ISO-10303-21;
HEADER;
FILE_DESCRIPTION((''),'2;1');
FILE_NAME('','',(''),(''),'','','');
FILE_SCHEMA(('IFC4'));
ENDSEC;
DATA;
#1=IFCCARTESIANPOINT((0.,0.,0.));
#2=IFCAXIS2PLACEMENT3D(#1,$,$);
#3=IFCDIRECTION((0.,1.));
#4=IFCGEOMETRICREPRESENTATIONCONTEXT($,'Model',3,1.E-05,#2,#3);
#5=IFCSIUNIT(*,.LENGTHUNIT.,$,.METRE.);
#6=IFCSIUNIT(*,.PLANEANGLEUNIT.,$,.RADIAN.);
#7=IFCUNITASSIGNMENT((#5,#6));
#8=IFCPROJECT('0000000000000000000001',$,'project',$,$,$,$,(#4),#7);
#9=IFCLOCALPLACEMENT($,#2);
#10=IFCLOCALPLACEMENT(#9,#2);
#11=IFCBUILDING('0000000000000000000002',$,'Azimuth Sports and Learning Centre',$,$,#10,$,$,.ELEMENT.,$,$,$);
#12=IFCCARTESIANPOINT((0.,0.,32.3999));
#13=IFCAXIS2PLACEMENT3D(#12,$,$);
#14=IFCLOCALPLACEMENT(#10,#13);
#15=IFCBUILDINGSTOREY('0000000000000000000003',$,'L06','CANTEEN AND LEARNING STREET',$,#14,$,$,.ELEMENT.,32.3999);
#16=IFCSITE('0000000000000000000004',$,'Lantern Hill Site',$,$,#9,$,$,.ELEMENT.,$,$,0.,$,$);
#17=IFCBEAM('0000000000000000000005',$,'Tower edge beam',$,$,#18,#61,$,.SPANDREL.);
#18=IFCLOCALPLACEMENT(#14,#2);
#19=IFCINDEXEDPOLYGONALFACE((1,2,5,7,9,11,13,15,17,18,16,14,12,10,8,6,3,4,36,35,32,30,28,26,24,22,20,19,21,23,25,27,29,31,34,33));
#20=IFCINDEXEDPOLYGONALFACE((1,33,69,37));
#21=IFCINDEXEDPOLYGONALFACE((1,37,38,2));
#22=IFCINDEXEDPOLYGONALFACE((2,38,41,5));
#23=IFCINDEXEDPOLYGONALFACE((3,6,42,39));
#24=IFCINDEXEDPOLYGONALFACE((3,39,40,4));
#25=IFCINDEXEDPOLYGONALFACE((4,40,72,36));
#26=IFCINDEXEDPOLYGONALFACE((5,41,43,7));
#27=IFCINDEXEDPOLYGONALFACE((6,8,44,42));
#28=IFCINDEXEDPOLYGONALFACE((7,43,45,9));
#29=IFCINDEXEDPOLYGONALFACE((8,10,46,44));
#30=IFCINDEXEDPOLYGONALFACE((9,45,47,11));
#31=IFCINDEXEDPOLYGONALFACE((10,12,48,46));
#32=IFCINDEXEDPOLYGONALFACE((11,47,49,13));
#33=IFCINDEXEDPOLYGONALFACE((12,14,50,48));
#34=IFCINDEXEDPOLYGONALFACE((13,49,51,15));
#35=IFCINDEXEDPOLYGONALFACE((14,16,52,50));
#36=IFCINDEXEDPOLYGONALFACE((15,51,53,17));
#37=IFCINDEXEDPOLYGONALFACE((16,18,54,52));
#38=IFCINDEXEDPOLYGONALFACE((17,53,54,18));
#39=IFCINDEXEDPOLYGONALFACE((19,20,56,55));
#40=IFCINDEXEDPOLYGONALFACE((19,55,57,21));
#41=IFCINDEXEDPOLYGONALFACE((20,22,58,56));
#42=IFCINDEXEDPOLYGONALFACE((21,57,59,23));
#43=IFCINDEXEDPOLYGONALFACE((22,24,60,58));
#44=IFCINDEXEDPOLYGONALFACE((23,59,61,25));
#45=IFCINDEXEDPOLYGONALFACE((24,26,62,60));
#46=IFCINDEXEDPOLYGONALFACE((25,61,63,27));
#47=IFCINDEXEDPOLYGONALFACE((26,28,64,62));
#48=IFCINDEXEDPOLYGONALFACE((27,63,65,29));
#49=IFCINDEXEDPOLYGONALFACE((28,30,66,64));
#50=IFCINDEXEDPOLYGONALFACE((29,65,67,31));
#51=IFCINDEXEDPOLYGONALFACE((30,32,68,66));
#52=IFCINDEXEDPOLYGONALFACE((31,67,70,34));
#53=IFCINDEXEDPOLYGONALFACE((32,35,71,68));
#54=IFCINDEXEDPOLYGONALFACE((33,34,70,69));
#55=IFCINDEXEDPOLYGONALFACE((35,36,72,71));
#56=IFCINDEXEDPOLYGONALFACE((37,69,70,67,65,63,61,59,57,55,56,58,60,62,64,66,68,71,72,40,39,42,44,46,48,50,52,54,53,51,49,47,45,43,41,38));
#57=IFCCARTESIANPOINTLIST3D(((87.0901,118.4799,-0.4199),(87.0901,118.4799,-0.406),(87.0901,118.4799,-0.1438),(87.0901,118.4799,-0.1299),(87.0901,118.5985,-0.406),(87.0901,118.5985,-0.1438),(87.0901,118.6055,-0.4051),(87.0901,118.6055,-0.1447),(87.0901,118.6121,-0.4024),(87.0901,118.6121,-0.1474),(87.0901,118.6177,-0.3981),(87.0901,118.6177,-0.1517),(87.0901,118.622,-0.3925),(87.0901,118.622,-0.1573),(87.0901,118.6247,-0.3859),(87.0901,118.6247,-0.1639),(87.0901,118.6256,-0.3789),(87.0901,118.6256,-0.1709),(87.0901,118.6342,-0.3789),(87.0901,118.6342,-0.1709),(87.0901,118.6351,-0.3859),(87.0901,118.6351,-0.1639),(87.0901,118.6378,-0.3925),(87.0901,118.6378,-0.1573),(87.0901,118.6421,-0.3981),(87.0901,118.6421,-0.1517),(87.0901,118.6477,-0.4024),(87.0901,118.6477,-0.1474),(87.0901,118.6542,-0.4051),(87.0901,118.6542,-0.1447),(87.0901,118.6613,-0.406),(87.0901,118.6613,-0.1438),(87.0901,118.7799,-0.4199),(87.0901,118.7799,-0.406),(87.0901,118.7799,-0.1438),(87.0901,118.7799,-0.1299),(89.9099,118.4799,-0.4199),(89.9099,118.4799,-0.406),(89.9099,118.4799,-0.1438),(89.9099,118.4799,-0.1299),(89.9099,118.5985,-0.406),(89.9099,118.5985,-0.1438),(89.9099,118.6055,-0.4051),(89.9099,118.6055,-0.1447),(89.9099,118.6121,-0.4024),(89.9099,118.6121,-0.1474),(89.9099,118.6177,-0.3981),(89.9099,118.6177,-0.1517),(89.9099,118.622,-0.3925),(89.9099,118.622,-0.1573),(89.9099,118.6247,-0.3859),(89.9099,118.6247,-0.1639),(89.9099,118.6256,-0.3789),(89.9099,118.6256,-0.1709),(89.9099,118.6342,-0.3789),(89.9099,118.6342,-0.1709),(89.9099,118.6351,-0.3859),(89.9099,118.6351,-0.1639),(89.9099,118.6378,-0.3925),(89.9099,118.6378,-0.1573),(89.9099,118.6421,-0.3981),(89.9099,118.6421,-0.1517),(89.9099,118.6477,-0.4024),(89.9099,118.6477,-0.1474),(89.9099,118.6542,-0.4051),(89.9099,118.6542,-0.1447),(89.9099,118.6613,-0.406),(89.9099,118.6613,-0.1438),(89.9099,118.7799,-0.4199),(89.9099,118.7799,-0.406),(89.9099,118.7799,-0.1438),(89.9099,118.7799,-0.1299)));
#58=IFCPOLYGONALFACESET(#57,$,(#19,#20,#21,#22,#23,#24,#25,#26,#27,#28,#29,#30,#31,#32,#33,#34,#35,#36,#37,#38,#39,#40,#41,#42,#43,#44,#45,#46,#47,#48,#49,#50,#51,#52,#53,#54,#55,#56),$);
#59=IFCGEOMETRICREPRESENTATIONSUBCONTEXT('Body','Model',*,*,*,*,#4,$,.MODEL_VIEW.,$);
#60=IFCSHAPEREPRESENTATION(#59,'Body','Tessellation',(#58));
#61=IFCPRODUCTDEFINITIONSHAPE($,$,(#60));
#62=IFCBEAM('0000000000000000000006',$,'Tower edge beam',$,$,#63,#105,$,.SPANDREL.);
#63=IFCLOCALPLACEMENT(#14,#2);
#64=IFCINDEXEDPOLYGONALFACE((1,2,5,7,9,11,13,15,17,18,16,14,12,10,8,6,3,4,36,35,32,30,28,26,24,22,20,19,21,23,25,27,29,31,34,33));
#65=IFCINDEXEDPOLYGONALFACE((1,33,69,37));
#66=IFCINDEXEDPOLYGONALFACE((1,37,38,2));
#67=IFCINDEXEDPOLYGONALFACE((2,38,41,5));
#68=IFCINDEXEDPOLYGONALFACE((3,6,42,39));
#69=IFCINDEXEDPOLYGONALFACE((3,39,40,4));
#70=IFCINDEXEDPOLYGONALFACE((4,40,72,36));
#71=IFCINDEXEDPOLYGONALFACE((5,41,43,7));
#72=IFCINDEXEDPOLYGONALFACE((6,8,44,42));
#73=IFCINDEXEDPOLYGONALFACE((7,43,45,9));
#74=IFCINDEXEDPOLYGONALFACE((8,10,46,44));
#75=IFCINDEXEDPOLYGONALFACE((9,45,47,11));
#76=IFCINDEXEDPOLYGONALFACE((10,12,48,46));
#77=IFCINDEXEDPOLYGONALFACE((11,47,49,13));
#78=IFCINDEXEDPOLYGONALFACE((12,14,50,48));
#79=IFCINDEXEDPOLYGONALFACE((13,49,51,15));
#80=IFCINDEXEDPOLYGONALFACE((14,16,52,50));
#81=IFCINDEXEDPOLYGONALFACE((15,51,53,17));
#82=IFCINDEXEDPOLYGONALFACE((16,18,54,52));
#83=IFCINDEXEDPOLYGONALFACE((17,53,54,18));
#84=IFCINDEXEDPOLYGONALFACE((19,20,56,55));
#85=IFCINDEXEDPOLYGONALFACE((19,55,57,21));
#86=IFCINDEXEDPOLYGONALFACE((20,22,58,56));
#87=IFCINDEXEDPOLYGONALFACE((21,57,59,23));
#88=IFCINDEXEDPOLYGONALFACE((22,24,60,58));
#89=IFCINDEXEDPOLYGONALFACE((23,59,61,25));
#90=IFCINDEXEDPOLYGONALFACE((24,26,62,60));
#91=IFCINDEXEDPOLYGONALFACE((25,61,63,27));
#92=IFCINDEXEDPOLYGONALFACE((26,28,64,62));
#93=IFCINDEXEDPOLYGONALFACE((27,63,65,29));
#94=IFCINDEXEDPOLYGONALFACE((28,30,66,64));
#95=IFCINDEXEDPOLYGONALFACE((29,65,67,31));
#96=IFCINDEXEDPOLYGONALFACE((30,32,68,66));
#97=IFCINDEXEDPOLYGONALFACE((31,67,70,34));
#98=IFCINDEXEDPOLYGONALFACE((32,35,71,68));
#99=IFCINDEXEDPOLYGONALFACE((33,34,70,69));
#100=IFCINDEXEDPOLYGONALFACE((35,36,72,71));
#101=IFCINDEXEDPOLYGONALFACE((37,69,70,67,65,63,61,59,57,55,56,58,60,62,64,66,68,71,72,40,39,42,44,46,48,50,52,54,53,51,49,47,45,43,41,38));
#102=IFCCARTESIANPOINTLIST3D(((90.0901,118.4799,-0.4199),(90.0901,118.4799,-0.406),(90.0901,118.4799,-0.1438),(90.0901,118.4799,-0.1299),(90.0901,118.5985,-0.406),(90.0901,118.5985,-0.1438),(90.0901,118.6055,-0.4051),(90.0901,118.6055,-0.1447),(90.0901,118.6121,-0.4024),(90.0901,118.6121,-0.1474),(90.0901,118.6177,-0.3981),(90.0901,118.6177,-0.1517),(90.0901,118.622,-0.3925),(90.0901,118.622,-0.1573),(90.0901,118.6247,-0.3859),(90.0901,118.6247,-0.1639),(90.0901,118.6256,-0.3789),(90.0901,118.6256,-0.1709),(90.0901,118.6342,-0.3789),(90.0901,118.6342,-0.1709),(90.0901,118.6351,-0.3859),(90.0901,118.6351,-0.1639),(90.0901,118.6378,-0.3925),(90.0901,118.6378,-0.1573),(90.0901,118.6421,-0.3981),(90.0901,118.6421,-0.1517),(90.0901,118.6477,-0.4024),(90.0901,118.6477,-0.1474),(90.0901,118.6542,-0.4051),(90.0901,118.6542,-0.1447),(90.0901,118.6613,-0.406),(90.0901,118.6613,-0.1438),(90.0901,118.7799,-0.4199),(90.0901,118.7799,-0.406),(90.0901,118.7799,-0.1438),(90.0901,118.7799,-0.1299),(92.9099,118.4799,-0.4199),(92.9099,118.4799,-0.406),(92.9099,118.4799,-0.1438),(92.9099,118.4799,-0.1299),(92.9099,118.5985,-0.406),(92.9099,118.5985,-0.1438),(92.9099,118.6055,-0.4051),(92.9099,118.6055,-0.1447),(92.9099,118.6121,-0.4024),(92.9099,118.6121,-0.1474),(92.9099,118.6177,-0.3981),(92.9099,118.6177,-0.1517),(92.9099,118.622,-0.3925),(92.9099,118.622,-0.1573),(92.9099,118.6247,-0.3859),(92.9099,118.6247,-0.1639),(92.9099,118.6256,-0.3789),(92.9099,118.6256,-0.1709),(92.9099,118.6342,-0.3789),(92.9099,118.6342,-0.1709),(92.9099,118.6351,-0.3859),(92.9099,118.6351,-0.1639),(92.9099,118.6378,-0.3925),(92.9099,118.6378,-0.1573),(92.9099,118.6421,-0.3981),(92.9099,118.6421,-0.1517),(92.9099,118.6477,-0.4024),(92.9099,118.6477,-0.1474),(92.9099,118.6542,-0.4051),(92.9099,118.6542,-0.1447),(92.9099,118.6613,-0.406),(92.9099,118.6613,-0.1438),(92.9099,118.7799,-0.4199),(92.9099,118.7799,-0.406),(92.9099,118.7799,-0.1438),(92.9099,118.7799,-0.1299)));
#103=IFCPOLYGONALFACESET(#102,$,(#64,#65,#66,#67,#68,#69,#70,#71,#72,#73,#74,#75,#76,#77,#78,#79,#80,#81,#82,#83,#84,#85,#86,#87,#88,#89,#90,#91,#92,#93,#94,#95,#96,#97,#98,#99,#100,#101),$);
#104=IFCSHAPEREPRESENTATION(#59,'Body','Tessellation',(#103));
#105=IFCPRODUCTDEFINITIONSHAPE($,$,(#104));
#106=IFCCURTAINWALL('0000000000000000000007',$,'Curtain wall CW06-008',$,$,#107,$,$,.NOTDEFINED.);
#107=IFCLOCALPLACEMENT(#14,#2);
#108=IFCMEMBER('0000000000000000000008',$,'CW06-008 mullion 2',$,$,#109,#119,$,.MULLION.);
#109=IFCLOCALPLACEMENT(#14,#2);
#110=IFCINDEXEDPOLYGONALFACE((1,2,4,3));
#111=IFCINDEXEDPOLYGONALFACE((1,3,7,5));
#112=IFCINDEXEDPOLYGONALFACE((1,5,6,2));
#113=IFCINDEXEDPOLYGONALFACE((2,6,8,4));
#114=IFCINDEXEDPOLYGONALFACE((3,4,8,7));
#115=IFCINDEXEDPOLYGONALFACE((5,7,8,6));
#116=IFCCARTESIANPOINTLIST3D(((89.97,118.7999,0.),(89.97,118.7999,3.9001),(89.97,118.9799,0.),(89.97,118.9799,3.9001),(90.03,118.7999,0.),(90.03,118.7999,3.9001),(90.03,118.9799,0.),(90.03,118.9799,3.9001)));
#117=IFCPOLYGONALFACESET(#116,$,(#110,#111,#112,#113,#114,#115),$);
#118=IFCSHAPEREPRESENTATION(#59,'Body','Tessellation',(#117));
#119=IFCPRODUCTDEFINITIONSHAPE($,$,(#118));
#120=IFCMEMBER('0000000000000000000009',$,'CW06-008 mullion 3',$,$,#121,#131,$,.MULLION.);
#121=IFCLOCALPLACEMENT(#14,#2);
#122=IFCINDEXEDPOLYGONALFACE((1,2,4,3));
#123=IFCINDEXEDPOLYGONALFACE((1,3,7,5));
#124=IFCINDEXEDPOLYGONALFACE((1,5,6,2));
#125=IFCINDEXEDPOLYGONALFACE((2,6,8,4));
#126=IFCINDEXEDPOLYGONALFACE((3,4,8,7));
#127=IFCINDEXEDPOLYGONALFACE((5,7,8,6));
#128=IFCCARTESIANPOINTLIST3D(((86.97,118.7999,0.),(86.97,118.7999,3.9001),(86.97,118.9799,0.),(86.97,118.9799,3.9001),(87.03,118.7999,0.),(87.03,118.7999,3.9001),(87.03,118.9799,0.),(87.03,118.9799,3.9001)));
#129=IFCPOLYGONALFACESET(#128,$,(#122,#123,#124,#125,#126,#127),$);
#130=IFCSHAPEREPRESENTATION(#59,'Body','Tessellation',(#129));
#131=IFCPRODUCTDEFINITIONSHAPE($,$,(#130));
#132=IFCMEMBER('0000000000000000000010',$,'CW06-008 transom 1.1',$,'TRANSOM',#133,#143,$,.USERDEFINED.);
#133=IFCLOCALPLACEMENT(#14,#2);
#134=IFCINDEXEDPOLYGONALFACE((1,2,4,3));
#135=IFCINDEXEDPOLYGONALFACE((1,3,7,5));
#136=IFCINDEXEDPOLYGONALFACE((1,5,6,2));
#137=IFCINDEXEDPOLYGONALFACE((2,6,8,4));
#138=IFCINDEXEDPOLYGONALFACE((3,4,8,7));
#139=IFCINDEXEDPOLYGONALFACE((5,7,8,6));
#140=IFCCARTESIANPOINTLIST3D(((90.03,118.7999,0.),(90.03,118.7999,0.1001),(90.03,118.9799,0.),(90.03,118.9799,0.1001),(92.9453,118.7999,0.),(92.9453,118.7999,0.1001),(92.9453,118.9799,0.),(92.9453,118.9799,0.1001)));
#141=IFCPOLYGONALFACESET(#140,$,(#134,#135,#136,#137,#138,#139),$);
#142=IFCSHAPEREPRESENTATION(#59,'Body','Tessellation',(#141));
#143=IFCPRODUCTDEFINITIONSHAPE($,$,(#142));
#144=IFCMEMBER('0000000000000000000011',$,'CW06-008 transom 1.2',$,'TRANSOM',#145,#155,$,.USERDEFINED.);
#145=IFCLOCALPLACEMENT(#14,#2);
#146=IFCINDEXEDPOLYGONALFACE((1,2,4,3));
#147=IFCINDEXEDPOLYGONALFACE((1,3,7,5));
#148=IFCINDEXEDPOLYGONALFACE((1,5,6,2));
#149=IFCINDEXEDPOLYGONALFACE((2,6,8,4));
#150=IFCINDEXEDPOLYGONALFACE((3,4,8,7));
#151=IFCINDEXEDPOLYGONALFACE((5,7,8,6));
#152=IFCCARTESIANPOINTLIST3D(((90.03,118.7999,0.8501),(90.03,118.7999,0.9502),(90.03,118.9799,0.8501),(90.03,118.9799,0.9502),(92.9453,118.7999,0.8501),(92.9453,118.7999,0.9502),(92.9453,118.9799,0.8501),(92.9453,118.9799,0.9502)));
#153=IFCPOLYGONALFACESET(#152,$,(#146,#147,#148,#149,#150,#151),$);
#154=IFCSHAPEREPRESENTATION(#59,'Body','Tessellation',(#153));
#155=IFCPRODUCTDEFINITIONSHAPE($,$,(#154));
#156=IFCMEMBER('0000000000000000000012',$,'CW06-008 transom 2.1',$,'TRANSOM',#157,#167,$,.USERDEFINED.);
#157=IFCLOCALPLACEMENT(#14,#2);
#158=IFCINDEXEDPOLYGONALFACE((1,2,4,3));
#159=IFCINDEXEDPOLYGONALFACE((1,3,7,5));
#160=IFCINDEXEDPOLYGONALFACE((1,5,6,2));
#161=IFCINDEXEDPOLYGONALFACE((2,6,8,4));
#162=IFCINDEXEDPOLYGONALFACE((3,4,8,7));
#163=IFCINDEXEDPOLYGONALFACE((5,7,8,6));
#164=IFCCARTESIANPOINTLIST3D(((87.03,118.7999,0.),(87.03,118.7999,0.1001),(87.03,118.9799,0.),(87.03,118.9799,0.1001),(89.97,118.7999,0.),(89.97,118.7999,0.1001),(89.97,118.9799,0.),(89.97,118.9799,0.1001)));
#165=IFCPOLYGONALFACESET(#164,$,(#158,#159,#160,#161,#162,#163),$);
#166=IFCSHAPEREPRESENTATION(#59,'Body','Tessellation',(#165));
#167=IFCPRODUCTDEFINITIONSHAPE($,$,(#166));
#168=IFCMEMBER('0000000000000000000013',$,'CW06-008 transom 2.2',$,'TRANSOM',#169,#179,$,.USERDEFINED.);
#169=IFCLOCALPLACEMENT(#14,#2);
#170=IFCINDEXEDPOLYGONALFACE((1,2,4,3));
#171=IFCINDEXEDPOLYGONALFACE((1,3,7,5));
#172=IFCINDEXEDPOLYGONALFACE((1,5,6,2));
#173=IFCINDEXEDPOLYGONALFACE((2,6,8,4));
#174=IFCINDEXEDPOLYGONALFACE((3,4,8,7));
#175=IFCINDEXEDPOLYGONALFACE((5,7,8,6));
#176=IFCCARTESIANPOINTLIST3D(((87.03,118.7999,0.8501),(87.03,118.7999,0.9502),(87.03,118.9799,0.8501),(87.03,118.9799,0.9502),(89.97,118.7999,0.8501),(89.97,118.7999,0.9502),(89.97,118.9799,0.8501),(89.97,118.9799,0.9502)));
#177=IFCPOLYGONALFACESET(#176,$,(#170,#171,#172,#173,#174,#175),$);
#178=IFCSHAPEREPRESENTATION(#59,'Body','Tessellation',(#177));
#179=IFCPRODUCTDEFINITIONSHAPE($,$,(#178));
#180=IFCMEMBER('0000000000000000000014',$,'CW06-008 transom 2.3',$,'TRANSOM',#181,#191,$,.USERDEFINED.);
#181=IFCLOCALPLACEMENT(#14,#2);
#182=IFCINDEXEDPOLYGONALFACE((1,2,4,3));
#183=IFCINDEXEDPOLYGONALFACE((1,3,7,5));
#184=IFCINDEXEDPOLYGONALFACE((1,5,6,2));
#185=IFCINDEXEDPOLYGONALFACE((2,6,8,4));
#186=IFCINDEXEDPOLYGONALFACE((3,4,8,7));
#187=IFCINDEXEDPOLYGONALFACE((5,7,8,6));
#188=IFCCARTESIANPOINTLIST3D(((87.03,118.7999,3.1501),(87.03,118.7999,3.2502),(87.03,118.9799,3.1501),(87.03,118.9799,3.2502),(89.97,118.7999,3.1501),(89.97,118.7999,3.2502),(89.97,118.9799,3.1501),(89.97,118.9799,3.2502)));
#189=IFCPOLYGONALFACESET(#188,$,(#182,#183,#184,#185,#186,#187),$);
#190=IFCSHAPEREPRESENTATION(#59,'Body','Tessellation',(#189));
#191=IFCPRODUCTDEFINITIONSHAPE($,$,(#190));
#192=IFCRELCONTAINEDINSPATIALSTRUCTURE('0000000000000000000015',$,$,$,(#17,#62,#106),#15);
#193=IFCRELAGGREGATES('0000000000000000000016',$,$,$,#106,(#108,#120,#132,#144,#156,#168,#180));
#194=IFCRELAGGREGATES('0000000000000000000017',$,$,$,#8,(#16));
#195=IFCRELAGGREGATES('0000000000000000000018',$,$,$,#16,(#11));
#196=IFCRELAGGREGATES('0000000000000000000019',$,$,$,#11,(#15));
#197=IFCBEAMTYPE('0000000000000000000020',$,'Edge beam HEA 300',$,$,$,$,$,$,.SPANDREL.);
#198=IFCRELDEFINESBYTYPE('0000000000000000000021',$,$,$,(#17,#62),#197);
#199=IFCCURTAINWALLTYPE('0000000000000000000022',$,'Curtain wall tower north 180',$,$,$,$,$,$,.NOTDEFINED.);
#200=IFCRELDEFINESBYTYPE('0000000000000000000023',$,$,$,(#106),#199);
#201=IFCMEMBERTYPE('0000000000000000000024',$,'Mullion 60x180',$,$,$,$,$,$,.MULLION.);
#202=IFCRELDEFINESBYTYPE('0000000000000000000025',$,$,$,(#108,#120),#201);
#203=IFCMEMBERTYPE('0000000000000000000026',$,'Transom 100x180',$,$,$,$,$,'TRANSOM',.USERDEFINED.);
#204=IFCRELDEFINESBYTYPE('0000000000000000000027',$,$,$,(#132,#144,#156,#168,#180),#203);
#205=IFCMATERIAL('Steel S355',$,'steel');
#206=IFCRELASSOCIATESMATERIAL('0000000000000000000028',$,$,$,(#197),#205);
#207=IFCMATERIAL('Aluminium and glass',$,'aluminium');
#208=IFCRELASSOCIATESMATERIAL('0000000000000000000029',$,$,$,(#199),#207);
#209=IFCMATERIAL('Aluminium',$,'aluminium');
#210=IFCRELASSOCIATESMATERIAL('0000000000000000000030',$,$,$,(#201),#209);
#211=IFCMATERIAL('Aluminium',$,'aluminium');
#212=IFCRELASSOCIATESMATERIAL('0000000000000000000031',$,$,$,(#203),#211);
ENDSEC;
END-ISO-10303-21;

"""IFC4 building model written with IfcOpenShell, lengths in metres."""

from ifc_helpers import new_model, si_unit, direction, frame, origin, origin_2d, place, context, subcontext, project, spatial, rectangle, i_section, extrude, material, material_profile, profile_set, type_object, element, aggregate, save


model = new_model("IFC4")

# Units and contexts
model_context = context("Model", 3, precision=1e-05, world=origin(), true_north=direction((0.0, 1.0)))
body_context = subcontext(model_context, "Body", "Model", "MODEL_VIEW")
ifc_project = project(units=[si_unit("LENGTHUNIT", "METRE"), si_unit("PLANEANGLEUNIT", "RADIAN")], contexts=[model_context])

# Site, building, storey
site_placement = place(None, origin())
site = spatial("IfcSite", under=ifc_project, at=site_placement, Name="Lantern Hill Site", CompositionType="ELEMENT", RefElevation=0.0)
building_placement = place(site_placement, origin())
building = spatial("IfcBuilding", under=site, at=building_placement, Name="Azimuth Sports and Learning Centre", CompositionType="ELEMENT")
storey_placement = place(building_placement, frame((0.0, 0.0, 32.3999)))
storey = spatial("IfcBuildingStorey", under=building, at=storey_placement, Name="L06", Description="CANTEEN AND LEARNING STREET", CompositionType="ELEMENT", Elevation=32.3999)

# Beams
ifc_material_1 = material(Name="Steel S355", Category="steel")
ifc_material_profile_1 = material_profile(ifc_material_1, i_section(OverallWidth=0.3, OverallDepth=0.29, WebThickness=0.0085, FlangeThickness=0.0139, FilletRadius=0.0271, at=origin_2d()), Name="HEA 300")
ifc_profile_set_1 = profile_set([ifc_material_profile_1], Name="Steel S355")
beam_type = type_object("IfcBeamType", Name="Edge beam HEA 300", PredefinedType="SPANDREL", material=ifc_profile_set_1)
for number, where, z_axis, x_axis, name in (
    (1, (87.0901, 118.6299, -0.2749), (1.0, 0.0, 0.0), (0.0, 1.0, 0.0), "Tower edge beam"),
    (2, (90.0901, 118.6299, -0.2749), (1.0, 0.0, 0.0), (0.0, 1.0, 0.0), "Tower edge beam"),
):
    element("IfcBeam", number, at=place(storey_placement, frame(where, z_axis=z_axis, x_axis=x_axis)), inside=storey, type_object=beam_type, Name=name, PredefinedType="SPANDREL", context=body_context, shape_type="SweptSolid", body=[
        extrude(i_section(OverallWidth=0.3, OverallDepth=0.29, WebThickness=0.0085, FlangeThickness=0.0139, FilletRadius=0.0271, at=origin_2d()), origin(), (0.0, 0.0, 1.0), 2.8198),
    ])

# Curtain wall, members
ifc_material_2 = material(Name="Aluminium and glass", Category="aluminium")
curtain_wall_type = type_object("IfcCurtainWallType", Name="Curtain wall tower north 180", PredefinedType="NOTDEFINED", material=ifc_material_2)
curtain_wall_placement = place(storey_placement, origin())
curtain_wall = element("IfcCurtainWall", 3, at=curtain_wall_placement, inside=storey, type_object=curtain_wall_type, Name="Curtain wall CW06-008", PredefinedType="NOTDEFINED")
ifc_material_3 = material(Name="Aluminium", Category="aluminium")
ifc_material_profile_2 = material_profile(ifc_material_3, rectangle(XDim=0.1799, YDim=0.0601, at=origin_2d()), Name="Mullion 60x180")
ifc_profile_set_2 = profile_set([ifc_material_profile_2], Name="Aluminium")
member_type_1 = type_object("IfcMemberType", Name="Mullion 60x180", PredefinedType="MULLION", material=ifc_profile_set_2)
member_1_placement = place(storey_placement, frame((90.0, 118.8899, 0.0), z_axis=(0.0, 0.0, 1.0), x_axis=(0.0, -1.0, 0.0)))
member_1 = element("IfcMember", 4, at=member_1_placement, type_object=member_type_1, Name="CW06-008 mullion 2", PredefinedType="MULLION", context=body_context, shape_type="SweptSolid", body=[
    extrude(rectangle(XDim=0.1799, YDim=0.0601, at=origin_2d()), origin(), (0.0, 0.0, 1.0), 3.9001),
])
member_2_placement = place(storey_placement, frame((87.0, 118.8899, 0.0), z_axis=(0.0, 0.0, 1.0), x_axis=(0.0, -1.0, 0.0)))
member_2 = element("IfcMember", 5, at=member_2_placement, type_object=member_type_1, Name="CW06-008 mullion 3", PredefinedType="MULLION", context=body_context, shape_type="SweptSolid", body=[
    extrude(rectangle(XDim=0.1799, YDim=0.0601, at=origin_2d()), origin(), (0.0, 0.0, 1.0), 3.9001),
])
ifc_material_4 = material(Name="Aluminium", Category="aluminium")
ifc_material_profile_3 = material_profile(ifc_material_4, rectangle(XDim=0.1799, YDim=0.1001, at=origin_2d()), Name="Transom 100x180")
ifc_profile_set_3 = profile_set([ifc_material_profile_3], Name="Aluminium")
member_type_2 = type_object("IfcMemberType", Name="Transom 100x180", ElementType="TRANSOM", PredefinedType="USERDEFINED", material=ifc_profile_set_3)
member_3_placement = place(storey_placement, frame((92.9453, 118.8899, 0.05), z_axis=(-1.0, 0.0, 0.0), x_axis=(0.0, -1.0, 0.0)))
member_3 = element("IfcMember", 6, at=member_3_placement, type_object=member_type_2, Name="CW06-008 transom 1.1", ObjectType="TRANSOM", PredefinedType="USERDEFINED", context=body_context, shape_type="SweptSolid", body=[
    extrude(rectangle(XDim=0.1799, YDim=0.1001, at=origin_2d()), origin(), (0.0, 0.0, 1.0), 2.9153),
])
member_4_placement = place(storey_placement, frame((92.9453, 118.8899, 0.9001), z_axis=(-1.0, 0.0, 0.0), x_axis=(0.0, -1.0, 0.0)))
member_4 = element("IfcMember", 7, at=member_4_placement, type_object=member_type_2, Name="CW06-008 transom 1.2", ObjectType="TRANSOM", PredefinedType="USERDEFINED", context=body_context, shape_type="SweptSolid", body=[
    extrude(rectangle(XDim=0.1799, YDim=0.1001, at=origin_2d()), origin(), (0.0, 0.0, 1.0), 2.9153),
])
member_5_placement = place(storey_placement, frame((89.97, 118.8899, 0.05), z_axis=(-1.0, 0.0, 0.0), x_axis=(0.0, -1.0, 0.0)))
member_5 = element("IfcMember", 8, at=member_5_placement, type_object=member_type_2, Name="CW06-008 transom 2.1", ObjectType="TRANSOM", PredefinedType="USERDEFINED", context=body_context, shape_type="SweptSolid", body=[
    extrude(rectangle(XDim=0.1799, YDim=0.1001, at=origin_2d()), origin(), (0.0, 0.0, 1.0), 2.9399),
])
member_6_placement = place(storey_placement, frame((89.97, 118.8899, 0.9001), z_axis=(-1.0, 0.0, 0.0), x_axis=(0.0, -1.0, 0.0)))
member_6 = element("IfcMember", 9, at=member_6_placement, type_object=member_type_2, Name="CW06-008 transom 2.2", ObjectType="TRANSOM", PredefinedType="USERDEFINED", context=body_context, shape_type="SweptSolid", body=[
    extrude(rectangle(XDim=0.1799, YDim=0.1001, at=origin_2d()), origin(), (0.0, 0.0, 1.0), 2.9399),
])
member_7_placement = place(storey_placement, frame((89.97, 118.8899, 3.2002), z_axis=(-1.0, 0.0, 0.0), x_axis=(0.0, -1.0, 0.0)))
member_7 = element("IfcMember", 10, at=member_7_placement, type_object=member_type_2, Name="CW06-008 transom 2.3", ObjectType="TRANSOM", PredefinedType="USERDEFINED", context=body_context, shape_type="SweptSolid", body=[
    extrude(rectangle(XDim=0.1799, YDim=0.1001, at=origin_2d()), origin(), (0.0, 0.0, 1.0), 2.9399),
])
aggregate(curtain_wall, [member_1, member_2, member_3, member_4, member_5, member_6, member_7])

save(model, "model.ifc")
